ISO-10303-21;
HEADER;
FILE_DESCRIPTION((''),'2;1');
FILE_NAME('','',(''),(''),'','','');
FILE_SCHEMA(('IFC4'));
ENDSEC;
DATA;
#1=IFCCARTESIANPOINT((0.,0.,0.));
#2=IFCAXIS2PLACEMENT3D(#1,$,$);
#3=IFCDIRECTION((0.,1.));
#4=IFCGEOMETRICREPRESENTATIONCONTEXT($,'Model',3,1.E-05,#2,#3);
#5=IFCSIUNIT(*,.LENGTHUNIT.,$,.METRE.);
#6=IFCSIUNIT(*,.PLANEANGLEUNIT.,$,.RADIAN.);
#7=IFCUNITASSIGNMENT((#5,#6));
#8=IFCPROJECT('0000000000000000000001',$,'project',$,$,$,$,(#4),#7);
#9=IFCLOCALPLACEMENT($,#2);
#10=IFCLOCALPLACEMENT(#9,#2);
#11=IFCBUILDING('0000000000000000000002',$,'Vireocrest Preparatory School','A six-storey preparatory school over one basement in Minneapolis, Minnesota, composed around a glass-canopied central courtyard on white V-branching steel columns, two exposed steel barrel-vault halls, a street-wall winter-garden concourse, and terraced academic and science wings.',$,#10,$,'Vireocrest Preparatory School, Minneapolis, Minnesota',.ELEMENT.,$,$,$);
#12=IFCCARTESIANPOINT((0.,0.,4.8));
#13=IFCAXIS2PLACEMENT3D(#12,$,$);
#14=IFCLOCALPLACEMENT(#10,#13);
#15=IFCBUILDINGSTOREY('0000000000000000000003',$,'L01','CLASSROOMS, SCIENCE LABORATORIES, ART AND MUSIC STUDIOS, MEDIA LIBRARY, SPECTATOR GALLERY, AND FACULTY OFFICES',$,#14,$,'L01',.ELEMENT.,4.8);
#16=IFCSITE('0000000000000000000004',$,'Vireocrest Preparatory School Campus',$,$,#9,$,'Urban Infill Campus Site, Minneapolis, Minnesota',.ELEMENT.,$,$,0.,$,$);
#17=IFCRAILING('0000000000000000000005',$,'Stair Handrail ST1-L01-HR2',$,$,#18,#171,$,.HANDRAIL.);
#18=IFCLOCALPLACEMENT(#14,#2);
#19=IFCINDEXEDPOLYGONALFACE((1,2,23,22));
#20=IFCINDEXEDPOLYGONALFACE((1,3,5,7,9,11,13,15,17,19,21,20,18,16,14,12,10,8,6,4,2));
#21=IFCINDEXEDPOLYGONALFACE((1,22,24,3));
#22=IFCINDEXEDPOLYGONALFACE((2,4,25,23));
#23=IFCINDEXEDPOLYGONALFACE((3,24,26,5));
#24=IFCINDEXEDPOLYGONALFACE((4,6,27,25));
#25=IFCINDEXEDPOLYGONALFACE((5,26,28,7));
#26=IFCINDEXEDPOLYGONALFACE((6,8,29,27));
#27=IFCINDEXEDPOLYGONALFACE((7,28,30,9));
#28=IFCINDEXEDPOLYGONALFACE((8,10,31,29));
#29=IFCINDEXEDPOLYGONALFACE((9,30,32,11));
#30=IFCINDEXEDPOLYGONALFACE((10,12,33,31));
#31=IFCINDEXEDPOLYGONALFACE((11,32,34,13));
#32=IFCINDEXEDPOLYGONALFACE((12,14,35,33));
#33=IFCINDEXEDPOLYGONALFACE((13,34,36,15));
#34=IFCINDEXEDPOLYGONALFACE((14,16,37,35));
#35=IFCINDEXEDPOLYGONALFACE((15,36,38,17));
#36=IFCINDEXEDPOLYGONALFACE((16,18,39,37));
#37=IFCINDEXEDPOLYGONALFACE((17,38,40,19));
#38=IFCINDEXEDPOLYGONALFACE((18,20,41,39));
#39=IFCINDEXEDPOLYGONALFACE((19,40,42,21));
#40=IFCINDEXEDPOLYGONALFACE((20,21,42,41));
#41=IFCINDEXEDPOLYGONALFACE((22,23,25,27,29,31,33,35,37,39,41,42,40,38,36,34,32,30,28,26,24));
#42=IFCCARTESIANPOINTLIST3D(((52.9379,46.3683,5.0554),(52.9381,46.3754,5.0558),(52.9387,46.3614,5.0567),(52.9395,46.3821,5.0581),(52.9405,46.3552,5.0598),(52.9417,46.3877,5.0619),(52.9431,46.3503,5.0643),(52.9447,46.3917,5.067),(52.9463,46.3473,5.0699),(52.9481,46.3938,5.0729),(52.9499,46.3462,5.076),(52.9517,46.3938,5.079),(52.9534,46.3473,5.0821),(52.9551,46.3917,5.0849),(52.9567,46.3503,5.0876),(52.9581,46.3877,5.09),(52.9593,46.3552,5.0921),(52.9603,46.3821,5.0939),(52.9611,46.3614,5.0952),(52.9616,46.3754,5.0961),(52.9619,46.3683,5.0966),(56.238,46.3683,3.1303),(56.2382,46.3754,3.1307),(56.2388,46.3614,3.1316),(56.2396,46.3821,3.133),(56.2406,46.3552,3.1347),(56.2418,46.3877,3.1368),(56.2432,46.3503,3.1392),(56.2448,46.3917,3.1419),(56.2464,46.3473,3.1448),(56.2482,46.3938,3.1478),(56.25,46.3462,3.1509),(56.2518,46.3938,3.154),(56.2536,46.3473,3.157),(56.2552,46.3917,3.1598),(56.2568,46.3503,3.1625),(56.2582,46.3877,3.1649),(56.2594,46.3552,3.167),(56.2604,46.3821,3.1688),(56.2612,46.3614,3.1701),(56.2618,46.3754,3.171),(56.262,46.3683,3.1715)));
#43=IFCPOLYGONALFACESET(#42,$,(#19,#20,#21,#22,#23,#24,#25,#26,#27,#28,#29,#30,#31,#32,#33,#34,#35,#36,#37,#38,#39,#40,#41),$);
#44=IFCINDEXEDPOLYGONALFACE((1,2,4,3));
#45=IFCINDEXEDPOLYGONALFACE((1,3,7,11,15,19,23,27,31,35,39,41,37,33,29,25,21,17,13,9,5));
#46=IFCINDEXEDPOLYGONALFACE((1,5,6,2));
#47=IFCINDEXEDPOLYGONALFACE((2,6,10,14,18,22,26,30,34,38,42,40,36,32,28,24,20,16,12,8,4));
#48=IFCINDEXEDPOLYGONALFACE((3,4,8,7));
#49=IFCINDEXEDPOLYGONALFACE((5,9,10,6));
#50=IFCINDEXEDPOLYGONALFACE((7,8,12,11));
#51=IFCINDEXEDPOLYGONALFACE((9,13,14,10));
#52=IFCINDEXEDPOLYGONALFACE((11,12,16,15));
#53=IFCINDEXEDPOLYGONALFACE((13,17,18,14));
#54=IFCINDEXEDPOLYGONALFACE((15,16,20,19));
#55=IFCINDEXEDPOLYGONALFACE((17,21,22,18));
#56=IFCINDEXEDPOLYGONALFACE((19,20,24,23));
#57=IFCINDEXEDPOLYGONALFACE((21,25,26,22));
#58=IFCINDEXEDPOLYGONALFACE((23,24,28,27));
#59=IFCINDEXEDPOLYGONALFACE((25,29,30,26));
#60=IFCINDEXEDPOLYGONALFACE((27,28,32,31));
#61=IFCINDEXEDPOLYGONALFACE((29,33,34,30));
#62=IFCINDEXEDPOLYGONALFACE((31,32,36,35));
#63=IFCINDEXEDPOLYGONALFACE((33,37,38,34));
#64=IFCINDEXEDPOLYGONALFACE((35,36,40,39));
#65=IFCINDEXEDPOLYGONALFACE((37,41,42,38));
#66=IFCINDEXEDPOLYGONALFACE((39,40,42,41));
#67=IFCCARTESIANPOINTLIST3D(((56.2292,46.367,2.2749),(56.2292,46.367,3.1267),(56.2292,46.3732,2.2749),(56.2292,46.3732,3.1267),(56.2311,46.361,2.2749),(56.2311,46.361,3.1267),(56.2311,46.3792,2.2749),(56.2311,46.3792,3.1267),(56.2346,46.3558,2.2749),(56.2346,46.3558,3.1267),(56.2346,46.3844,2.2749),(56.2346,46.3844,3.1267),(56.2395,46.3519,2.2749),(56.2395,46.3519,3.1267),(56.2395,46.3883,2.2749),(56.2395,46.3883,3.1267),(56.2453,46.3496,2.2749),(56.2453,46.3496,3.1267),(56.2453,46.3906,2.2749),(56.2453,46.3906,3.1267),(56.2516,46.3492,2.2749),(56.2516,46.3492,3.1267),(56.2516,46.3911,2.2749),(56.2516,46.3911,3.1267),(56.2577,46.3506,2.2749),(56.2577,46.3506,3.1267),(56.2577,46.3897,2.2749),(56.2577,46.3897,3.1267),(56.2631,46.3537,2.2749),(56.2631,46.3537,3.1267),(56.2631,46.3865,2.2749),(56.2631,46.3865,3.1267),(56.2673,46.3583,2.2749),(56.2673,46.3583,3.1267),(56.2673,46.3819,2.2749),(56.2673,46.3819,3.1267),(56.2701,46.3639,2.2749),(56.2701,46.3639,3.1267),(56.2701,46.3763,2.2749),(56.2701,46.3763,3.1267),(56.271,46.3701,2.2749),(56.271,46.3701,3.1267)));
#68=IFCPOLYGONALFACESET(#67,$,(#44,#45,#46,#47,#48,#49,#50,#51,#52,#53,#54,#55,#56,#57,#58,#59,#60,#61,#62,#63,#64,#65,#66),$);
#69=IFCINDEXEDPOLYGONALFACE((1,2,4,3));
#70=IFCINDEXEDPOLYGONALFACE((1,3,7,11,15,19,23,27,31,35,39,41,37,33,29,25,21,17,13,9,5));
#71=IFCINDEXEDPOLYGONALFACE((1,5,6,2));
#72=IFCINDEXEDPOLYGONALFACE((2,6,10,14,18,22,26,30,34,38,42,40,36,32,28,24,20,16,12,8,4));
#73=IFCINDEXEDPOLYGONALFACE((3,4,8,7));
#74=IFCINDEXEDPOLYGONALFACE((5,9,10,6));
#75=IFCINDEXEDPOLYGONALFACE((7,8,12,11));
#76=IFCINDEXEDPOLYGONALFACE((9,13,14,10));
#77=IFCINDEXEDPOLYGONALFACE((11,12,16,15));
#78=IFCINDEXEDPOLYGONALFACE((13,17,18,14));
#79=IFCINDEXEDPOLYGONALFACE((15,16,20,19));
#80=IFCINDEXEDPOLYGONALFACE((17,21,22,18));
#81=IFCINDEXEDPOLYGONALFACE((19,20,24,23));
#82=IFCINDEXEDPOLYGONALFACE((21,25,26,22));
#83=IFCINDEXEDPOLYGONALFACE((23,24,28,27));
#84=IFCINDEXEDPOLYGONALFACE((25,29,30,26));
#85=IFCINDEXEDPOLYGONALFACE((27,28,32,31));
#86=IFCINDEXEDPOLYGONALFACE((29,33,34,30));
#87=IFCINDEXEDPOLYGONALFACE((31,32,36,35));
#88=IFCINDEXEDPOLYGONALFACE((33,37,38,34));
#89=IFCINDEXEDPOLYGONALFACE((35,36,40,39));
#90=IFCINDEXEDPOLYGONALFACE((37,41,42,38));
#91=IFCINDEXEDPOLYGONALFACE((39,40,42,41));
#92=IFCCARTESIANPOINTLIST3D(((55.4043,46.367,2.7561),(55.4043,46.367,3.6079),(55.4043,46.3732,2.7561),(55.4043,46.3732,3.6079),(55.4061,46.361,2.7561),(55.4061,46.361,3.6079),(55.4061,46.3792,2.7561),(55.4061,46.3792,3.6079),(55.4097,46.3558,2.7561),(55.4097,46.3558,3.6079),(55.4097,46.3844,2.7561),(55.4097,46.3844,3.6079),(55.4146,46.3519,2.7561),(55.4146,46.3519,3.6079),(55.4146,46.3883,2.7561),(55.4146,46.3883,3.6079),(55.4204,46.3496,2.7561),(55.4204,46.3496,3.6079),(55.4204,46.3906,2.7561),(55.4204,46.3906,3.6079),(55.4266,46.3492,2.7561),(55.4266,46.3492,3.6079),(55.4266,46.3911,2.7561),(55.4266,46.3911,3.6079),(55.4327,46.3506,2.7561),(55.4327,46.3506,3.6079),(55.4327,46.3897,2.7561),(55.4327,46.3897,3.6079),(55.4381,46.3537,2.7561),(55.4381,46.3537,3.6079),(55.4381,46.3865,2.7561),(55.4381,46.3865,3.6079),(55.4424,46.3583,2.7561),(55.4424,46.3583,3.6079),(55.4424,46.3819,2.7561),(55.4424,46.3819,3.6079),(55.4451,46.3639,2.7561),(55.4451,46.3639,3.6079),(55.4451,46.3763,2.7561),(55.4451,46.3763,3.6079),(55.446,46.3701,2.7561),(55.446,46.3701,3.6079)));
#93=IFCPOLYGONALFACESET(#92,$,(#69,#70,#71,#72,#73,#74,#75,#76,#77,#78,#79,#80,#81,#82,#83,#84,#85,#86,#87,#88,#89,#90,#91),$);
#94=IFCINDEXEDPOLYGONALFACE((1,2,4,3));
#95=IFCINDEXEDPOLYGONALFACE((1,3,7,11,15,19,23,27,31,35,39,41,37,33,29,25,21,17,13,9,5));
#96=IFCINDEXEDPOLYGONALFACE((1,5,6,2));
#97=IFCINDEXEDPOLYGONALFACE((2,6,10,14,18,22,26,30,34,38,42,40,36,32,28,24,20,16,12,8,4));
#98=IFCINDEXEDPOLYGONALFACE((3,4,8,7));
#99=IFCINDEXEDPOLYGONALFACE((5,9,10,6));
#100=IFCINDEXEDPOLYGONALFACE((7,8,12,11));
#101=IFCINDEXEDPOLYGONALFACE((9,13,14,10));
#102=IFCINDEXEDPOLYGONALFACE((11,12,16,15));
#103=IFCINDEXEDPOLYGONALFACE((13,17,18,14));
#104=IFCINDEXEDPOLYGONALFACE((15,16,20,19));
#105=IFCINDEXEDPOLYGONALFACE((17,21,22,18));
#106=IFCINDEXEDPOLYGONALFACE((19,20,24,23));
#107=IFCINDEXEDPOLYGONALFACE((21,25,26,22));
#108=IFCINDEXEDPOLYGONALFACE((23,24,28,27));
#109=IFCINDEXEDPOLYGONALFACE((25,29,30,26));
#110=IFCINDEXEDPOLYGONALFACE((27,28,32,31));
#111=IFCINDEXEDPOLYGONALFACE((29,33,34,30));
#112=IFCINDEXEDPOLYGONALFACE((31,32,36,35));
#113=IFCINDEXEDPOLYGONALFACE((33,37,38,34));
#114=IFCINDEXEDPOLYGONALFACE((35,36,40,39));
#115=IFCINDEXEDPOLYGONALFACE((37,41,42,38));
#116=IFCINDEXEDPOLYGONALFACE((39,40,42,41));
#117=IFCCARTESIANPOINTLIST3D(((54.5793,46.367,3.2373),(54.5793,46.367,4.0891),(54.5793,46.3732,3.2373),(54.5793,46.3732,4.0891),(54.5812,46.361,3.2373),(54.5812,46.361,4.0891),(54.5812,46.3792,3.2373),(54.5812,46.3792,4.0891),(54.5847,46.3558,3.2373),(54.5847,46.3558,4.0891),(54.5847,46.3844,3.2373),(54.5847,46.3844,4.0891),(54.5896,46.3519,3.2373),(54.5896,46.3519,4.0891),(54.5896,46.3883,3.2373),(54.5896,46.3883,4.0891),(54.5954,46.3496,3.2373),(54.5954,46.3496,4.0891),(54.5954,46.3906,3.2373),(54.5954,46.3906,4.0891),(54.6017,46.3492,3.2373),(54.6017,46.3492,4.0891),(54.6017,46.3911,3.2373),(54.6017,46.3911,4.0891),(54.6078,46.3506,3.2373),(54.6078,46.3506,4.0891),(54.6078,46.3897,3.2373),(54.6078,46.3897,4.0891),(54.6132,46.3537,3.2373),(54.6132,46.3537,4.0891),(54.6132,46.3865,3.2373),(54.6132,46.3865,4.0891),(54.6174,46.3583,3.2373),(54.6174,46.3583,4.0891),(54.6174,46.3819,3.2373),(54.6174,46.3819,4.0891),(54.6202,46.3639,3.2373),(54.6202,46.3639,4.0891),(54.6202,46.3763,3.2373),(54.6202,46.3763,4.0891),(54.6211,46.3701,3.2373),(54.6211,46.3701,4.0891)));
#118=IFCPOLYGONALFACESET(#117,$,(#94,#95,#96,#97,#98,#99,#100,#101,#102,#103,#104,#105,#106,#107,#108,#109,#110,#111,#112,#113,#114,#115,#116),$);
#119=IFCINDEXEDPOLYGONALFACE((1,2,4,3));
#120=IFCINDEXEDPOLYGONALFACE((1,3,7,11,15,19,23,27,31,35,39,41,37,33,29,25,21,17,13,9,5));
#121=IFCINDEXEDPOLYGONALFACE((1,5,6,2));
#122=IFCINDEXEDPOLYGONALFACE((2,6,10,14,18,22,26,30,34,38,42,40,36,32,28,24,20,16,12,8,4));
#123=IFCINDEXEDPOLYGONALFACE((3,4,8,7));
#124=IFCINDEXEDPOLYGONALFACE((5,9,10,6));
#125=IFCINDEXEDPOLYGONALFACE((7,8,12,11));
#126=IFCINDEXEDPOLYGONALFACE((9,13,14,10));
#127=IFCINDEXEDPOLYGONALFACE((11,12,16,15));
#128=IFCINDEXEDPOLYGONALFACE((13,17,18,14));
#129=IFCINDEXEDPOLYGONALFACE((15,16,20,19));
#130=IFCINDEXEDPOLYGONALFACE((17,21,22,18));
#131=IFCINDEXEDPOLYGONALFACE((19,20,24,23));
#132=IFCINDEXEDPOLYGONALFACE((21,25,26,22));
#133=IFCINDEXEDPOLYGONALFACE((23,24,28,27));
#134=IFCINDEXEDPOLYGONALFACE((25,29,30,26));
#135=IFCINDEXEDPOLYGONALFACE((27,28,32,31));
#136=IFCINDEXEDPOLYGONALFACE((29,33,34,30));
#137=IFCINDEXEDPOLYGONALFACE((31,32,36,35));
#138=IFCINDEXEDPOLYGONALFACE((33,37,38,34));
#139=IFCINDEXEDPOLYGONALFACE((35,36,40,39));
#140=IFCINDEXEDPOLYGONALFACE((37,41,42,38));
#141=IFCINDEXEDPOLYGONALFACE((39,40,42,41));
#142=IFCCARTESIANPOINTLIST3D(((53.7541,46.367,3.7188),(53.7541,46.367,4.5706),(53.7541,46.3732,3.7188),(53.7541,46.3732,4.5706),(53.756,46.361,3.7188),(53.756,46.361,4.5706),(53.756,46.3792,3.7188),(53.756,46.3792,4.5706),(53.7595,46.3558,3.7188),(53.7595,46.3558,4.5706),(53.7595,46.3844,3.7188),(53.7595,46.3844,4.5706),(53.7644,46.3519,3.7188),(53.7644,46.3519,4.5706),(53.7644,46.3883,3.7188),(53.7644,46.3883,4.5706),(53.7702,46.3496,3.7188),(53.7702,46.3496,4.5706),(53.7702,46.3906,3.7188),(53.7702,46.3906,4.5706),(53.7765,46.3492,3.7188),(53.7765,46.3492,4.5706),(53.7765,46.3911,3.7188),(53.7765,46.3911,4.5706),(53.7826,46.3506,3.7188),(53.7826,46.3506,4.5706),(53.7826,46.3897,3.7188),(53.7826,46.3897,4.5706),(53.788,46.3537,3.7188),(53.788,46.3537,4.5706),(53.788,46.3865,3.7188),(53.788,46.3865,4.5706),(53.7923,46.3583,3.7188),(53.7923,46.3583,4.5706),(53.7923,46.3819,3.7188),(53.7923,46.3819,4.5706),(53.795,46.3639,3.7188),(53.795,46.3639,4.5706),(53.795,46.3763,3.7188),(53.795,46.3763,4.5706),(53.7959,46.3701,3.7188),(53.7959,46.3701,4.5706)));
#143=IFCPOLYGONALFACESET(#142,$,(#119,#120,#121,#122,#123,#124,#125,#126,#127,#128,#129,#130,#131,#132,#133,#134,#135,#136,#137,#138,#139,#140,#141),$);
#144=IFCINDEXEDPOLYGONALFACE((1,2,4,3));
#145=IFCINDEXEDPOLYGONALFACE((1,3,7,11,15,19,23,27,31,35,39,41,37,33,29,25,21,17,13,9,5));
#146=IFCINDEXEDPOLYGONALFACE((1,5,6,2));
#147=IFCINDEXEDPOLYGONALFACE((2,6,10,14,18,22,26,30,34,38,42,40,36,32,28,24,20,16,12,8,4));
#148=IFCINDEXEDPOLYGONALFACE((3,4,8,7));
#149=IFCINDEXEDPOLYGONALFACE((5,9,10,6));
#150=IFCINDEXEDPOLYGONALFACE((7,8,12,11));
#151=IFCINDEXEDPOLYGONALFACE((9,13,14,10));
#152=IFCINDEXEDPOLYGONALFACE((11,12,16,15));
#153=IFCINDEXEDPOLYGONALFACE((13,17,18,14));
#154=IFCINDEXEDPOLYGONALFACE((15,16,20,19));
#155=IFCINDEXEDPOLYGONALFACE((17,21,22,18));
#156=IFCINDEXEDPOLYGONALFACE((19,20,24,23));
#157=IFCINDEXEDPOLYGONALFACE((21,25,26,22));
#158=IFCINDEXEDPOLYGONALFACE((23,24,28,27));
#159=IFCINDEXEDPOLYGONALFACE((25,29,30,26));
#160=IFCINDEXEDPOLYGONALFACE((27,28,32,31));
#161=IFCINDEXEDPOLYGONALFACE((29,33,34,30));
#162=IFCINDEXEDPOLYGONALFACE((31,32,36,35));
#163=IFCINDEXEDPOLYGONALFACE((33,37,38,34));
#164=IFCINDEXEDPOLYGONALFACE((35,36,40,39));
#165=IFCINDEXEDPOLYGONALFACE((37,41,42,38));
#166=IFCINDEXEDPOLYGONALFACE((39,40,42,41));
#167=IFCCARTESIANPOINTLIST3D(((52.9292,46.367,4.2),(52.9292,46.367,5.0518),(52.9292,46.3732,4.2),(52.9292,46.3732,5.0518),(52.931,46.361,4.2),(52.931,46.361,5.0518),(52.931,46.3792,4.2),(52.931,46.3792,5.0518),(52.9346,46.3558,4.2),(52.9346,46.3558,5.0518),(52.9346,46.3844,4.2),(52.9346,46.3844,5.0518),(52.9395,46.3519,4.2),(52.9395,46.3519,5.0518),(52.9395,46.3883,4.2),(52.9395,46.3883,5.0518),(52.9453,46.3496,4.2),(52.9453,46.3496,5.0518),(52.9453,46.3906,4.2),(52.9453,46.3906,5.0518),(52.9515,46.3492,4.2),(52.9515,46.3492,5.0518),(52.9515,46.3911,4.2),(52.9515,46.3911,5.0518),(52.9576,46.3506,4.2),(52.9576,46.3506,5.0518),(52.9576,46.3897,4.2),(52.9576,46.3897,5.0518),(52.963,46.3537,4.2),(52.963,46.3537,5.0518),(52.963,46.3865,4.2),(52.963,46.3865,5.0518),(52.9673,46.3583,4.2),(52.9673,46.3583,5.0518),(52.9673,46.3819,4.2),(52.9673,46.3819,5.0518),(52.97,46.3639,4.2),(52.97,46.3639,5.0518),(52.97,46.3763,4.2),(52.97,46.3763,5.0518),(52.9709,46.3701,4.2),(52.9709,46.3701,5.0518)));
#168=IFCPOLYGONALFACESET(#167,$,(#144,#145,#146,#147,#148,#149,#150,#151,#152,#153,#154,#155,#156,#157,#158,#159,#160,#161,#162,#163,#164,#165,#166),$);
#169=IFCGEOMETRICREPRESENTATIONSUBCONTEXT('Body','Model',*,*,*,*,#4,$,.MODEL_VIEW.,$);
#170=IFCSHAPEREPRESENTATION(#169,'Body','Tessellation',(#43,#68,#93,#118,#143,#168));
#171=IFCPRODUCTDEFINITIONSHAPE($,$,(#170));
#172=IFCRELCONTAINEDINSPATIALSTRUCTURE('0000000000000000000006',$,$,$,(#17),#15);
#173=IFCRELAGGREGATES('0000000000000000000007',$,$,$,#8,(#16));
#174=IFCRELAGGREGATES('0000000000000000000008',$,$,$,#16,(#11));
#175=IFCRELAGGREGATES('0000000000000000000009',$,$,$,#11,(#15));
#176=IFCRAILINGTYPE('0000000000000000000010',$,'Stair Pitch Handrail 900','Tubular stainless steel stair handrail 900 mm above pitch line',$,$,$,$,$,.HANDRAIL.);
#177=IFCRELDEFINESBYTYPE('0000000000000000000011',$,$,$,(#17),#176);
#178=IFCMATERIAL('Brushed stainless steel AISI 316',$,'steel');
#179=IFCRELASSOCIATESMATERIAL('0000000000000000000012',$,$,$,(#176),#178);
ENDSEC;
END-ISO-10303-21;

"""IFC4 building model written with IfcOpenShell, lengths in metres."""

from ifc_helpers import new_model, si_unit, direction, frame, origin, origin_2d, place, context, subcontext, project, spatial, circle, extrude, material, type_object, element, save


model = new_model("IFC4")

# Units and contexts
model_context = context("Model", 3, precision=1e-05, world=origin(), true_north=direction((0.0, 1.0)))
body_context = subcontext(model_context, "Body", "Model", "MODEL_VIEW")
ifc_project = project(units=[si_unit("LENGTHUNIT", "METRE"), si_unit("PLANEANGLEUNIT", "RADIAN")], contexts=[model_context])

# Site, building, storey
site_placement = place(None, origin())
site = spatial("IfcSite", under=ifc_project, at=site_placement, Name="Vireocrest Preparatory School Campus", LongName="Urban Infill Campus Site, Minneapolis, Minnesota", CompositionType="ELEMENT", RefElevation=0.0)
building_placement = place(site_placement, origin())
building = spatial("IfcBuilding", under=site, at=building_placement, Name="Vireocrest Preparatory School", Description="A six-storey preparatory school over one basement in Minneapolis, Minnesota, composed around a glass-canopied central courtyard on white V-branching steel columns, two exposed steel barrel-vault halls, a street-wall winter-garden concourse, and terraced academic and science wings.", LongName="Vireocrest Preparatory School, Minneapolis, Minnesota", CompositionType="ELEMENT")
storey_placement = place(building_placement, frame((0.0, 0.0, 4.8)))
storey = spatial("IfcBuildingStorey", under=building, at=storey_placement, Name="L01", Description="CLASSROOMS, SCIENCE LABORATORIES, ART AND MUSIC STUDIOS, MEDIA LIBRARY, SPECTATOR GALLERY, AND FACULTY OFFICES", LongName="L01", CompositionType="ELEMENT", Elevation=4.8)

# Railing
ifc_material_1 = material(Name="Brushed stainless steel AISI 316", Category="steel")
railing_type_1 = type_object("IfcRailingType", Name="Stair Pitch Handrail 900", Description="Tubular stainless steel stair handrail 900 mm above pitch line", PredefinedType="HANDRAIL", material=ifc_material_1)
railing_1_placement = place(storey_placement, frame((56.25, 46.3701, 2.2749)))
element("IfcRailing", 1, at=railing_1_placement, inside=storey, type_object=railing_type_1, Name="Stair Handrail ST1-L01-HR2", PredefinedType="HANDRAIL", context=body_context, shape_type="SweptSolid", body=[
    extrude(circle(Radius=0.0239, at=origin_2d()), frame((0.0, 0.0, 0.876), z_axis=(-0.863777, 0.0, 0.503875), x_axis=(0.0, -1.0, 0.0)), (0.0, 0.0, 1.0), 3.8206),
    extrude(circle(Radius=0.021, at=origin_2d()), origin(), (0.0, 0.0, 1.0), 0.8518),
    extrude(circle(Radius=0.021, at=origin_2d()), frame((-0.825, 0.0, 0.4812)), (0.0, 0.0, 1.0), 0.8518),
    extrude(circle(Radius=0.021, at=origin_2d()), frame((-1.6499, 0.0, 0.9624)), (0.0, 0.0, 1.0), 0.8518),
    extrude(circle(Radius=0.021, at=origin_2d()), frame((-2.4751, 0.0, 1.4438)), (0.0, 0.0, 1.0), 0.8518),
    extrude(circle(Radius=0.021, at=origin_2d()), frame((-3.3, 0.0, 1.925)), (0.0, 0.0, 1.0), 0.8518),
])

save(model, "model.ifc")
